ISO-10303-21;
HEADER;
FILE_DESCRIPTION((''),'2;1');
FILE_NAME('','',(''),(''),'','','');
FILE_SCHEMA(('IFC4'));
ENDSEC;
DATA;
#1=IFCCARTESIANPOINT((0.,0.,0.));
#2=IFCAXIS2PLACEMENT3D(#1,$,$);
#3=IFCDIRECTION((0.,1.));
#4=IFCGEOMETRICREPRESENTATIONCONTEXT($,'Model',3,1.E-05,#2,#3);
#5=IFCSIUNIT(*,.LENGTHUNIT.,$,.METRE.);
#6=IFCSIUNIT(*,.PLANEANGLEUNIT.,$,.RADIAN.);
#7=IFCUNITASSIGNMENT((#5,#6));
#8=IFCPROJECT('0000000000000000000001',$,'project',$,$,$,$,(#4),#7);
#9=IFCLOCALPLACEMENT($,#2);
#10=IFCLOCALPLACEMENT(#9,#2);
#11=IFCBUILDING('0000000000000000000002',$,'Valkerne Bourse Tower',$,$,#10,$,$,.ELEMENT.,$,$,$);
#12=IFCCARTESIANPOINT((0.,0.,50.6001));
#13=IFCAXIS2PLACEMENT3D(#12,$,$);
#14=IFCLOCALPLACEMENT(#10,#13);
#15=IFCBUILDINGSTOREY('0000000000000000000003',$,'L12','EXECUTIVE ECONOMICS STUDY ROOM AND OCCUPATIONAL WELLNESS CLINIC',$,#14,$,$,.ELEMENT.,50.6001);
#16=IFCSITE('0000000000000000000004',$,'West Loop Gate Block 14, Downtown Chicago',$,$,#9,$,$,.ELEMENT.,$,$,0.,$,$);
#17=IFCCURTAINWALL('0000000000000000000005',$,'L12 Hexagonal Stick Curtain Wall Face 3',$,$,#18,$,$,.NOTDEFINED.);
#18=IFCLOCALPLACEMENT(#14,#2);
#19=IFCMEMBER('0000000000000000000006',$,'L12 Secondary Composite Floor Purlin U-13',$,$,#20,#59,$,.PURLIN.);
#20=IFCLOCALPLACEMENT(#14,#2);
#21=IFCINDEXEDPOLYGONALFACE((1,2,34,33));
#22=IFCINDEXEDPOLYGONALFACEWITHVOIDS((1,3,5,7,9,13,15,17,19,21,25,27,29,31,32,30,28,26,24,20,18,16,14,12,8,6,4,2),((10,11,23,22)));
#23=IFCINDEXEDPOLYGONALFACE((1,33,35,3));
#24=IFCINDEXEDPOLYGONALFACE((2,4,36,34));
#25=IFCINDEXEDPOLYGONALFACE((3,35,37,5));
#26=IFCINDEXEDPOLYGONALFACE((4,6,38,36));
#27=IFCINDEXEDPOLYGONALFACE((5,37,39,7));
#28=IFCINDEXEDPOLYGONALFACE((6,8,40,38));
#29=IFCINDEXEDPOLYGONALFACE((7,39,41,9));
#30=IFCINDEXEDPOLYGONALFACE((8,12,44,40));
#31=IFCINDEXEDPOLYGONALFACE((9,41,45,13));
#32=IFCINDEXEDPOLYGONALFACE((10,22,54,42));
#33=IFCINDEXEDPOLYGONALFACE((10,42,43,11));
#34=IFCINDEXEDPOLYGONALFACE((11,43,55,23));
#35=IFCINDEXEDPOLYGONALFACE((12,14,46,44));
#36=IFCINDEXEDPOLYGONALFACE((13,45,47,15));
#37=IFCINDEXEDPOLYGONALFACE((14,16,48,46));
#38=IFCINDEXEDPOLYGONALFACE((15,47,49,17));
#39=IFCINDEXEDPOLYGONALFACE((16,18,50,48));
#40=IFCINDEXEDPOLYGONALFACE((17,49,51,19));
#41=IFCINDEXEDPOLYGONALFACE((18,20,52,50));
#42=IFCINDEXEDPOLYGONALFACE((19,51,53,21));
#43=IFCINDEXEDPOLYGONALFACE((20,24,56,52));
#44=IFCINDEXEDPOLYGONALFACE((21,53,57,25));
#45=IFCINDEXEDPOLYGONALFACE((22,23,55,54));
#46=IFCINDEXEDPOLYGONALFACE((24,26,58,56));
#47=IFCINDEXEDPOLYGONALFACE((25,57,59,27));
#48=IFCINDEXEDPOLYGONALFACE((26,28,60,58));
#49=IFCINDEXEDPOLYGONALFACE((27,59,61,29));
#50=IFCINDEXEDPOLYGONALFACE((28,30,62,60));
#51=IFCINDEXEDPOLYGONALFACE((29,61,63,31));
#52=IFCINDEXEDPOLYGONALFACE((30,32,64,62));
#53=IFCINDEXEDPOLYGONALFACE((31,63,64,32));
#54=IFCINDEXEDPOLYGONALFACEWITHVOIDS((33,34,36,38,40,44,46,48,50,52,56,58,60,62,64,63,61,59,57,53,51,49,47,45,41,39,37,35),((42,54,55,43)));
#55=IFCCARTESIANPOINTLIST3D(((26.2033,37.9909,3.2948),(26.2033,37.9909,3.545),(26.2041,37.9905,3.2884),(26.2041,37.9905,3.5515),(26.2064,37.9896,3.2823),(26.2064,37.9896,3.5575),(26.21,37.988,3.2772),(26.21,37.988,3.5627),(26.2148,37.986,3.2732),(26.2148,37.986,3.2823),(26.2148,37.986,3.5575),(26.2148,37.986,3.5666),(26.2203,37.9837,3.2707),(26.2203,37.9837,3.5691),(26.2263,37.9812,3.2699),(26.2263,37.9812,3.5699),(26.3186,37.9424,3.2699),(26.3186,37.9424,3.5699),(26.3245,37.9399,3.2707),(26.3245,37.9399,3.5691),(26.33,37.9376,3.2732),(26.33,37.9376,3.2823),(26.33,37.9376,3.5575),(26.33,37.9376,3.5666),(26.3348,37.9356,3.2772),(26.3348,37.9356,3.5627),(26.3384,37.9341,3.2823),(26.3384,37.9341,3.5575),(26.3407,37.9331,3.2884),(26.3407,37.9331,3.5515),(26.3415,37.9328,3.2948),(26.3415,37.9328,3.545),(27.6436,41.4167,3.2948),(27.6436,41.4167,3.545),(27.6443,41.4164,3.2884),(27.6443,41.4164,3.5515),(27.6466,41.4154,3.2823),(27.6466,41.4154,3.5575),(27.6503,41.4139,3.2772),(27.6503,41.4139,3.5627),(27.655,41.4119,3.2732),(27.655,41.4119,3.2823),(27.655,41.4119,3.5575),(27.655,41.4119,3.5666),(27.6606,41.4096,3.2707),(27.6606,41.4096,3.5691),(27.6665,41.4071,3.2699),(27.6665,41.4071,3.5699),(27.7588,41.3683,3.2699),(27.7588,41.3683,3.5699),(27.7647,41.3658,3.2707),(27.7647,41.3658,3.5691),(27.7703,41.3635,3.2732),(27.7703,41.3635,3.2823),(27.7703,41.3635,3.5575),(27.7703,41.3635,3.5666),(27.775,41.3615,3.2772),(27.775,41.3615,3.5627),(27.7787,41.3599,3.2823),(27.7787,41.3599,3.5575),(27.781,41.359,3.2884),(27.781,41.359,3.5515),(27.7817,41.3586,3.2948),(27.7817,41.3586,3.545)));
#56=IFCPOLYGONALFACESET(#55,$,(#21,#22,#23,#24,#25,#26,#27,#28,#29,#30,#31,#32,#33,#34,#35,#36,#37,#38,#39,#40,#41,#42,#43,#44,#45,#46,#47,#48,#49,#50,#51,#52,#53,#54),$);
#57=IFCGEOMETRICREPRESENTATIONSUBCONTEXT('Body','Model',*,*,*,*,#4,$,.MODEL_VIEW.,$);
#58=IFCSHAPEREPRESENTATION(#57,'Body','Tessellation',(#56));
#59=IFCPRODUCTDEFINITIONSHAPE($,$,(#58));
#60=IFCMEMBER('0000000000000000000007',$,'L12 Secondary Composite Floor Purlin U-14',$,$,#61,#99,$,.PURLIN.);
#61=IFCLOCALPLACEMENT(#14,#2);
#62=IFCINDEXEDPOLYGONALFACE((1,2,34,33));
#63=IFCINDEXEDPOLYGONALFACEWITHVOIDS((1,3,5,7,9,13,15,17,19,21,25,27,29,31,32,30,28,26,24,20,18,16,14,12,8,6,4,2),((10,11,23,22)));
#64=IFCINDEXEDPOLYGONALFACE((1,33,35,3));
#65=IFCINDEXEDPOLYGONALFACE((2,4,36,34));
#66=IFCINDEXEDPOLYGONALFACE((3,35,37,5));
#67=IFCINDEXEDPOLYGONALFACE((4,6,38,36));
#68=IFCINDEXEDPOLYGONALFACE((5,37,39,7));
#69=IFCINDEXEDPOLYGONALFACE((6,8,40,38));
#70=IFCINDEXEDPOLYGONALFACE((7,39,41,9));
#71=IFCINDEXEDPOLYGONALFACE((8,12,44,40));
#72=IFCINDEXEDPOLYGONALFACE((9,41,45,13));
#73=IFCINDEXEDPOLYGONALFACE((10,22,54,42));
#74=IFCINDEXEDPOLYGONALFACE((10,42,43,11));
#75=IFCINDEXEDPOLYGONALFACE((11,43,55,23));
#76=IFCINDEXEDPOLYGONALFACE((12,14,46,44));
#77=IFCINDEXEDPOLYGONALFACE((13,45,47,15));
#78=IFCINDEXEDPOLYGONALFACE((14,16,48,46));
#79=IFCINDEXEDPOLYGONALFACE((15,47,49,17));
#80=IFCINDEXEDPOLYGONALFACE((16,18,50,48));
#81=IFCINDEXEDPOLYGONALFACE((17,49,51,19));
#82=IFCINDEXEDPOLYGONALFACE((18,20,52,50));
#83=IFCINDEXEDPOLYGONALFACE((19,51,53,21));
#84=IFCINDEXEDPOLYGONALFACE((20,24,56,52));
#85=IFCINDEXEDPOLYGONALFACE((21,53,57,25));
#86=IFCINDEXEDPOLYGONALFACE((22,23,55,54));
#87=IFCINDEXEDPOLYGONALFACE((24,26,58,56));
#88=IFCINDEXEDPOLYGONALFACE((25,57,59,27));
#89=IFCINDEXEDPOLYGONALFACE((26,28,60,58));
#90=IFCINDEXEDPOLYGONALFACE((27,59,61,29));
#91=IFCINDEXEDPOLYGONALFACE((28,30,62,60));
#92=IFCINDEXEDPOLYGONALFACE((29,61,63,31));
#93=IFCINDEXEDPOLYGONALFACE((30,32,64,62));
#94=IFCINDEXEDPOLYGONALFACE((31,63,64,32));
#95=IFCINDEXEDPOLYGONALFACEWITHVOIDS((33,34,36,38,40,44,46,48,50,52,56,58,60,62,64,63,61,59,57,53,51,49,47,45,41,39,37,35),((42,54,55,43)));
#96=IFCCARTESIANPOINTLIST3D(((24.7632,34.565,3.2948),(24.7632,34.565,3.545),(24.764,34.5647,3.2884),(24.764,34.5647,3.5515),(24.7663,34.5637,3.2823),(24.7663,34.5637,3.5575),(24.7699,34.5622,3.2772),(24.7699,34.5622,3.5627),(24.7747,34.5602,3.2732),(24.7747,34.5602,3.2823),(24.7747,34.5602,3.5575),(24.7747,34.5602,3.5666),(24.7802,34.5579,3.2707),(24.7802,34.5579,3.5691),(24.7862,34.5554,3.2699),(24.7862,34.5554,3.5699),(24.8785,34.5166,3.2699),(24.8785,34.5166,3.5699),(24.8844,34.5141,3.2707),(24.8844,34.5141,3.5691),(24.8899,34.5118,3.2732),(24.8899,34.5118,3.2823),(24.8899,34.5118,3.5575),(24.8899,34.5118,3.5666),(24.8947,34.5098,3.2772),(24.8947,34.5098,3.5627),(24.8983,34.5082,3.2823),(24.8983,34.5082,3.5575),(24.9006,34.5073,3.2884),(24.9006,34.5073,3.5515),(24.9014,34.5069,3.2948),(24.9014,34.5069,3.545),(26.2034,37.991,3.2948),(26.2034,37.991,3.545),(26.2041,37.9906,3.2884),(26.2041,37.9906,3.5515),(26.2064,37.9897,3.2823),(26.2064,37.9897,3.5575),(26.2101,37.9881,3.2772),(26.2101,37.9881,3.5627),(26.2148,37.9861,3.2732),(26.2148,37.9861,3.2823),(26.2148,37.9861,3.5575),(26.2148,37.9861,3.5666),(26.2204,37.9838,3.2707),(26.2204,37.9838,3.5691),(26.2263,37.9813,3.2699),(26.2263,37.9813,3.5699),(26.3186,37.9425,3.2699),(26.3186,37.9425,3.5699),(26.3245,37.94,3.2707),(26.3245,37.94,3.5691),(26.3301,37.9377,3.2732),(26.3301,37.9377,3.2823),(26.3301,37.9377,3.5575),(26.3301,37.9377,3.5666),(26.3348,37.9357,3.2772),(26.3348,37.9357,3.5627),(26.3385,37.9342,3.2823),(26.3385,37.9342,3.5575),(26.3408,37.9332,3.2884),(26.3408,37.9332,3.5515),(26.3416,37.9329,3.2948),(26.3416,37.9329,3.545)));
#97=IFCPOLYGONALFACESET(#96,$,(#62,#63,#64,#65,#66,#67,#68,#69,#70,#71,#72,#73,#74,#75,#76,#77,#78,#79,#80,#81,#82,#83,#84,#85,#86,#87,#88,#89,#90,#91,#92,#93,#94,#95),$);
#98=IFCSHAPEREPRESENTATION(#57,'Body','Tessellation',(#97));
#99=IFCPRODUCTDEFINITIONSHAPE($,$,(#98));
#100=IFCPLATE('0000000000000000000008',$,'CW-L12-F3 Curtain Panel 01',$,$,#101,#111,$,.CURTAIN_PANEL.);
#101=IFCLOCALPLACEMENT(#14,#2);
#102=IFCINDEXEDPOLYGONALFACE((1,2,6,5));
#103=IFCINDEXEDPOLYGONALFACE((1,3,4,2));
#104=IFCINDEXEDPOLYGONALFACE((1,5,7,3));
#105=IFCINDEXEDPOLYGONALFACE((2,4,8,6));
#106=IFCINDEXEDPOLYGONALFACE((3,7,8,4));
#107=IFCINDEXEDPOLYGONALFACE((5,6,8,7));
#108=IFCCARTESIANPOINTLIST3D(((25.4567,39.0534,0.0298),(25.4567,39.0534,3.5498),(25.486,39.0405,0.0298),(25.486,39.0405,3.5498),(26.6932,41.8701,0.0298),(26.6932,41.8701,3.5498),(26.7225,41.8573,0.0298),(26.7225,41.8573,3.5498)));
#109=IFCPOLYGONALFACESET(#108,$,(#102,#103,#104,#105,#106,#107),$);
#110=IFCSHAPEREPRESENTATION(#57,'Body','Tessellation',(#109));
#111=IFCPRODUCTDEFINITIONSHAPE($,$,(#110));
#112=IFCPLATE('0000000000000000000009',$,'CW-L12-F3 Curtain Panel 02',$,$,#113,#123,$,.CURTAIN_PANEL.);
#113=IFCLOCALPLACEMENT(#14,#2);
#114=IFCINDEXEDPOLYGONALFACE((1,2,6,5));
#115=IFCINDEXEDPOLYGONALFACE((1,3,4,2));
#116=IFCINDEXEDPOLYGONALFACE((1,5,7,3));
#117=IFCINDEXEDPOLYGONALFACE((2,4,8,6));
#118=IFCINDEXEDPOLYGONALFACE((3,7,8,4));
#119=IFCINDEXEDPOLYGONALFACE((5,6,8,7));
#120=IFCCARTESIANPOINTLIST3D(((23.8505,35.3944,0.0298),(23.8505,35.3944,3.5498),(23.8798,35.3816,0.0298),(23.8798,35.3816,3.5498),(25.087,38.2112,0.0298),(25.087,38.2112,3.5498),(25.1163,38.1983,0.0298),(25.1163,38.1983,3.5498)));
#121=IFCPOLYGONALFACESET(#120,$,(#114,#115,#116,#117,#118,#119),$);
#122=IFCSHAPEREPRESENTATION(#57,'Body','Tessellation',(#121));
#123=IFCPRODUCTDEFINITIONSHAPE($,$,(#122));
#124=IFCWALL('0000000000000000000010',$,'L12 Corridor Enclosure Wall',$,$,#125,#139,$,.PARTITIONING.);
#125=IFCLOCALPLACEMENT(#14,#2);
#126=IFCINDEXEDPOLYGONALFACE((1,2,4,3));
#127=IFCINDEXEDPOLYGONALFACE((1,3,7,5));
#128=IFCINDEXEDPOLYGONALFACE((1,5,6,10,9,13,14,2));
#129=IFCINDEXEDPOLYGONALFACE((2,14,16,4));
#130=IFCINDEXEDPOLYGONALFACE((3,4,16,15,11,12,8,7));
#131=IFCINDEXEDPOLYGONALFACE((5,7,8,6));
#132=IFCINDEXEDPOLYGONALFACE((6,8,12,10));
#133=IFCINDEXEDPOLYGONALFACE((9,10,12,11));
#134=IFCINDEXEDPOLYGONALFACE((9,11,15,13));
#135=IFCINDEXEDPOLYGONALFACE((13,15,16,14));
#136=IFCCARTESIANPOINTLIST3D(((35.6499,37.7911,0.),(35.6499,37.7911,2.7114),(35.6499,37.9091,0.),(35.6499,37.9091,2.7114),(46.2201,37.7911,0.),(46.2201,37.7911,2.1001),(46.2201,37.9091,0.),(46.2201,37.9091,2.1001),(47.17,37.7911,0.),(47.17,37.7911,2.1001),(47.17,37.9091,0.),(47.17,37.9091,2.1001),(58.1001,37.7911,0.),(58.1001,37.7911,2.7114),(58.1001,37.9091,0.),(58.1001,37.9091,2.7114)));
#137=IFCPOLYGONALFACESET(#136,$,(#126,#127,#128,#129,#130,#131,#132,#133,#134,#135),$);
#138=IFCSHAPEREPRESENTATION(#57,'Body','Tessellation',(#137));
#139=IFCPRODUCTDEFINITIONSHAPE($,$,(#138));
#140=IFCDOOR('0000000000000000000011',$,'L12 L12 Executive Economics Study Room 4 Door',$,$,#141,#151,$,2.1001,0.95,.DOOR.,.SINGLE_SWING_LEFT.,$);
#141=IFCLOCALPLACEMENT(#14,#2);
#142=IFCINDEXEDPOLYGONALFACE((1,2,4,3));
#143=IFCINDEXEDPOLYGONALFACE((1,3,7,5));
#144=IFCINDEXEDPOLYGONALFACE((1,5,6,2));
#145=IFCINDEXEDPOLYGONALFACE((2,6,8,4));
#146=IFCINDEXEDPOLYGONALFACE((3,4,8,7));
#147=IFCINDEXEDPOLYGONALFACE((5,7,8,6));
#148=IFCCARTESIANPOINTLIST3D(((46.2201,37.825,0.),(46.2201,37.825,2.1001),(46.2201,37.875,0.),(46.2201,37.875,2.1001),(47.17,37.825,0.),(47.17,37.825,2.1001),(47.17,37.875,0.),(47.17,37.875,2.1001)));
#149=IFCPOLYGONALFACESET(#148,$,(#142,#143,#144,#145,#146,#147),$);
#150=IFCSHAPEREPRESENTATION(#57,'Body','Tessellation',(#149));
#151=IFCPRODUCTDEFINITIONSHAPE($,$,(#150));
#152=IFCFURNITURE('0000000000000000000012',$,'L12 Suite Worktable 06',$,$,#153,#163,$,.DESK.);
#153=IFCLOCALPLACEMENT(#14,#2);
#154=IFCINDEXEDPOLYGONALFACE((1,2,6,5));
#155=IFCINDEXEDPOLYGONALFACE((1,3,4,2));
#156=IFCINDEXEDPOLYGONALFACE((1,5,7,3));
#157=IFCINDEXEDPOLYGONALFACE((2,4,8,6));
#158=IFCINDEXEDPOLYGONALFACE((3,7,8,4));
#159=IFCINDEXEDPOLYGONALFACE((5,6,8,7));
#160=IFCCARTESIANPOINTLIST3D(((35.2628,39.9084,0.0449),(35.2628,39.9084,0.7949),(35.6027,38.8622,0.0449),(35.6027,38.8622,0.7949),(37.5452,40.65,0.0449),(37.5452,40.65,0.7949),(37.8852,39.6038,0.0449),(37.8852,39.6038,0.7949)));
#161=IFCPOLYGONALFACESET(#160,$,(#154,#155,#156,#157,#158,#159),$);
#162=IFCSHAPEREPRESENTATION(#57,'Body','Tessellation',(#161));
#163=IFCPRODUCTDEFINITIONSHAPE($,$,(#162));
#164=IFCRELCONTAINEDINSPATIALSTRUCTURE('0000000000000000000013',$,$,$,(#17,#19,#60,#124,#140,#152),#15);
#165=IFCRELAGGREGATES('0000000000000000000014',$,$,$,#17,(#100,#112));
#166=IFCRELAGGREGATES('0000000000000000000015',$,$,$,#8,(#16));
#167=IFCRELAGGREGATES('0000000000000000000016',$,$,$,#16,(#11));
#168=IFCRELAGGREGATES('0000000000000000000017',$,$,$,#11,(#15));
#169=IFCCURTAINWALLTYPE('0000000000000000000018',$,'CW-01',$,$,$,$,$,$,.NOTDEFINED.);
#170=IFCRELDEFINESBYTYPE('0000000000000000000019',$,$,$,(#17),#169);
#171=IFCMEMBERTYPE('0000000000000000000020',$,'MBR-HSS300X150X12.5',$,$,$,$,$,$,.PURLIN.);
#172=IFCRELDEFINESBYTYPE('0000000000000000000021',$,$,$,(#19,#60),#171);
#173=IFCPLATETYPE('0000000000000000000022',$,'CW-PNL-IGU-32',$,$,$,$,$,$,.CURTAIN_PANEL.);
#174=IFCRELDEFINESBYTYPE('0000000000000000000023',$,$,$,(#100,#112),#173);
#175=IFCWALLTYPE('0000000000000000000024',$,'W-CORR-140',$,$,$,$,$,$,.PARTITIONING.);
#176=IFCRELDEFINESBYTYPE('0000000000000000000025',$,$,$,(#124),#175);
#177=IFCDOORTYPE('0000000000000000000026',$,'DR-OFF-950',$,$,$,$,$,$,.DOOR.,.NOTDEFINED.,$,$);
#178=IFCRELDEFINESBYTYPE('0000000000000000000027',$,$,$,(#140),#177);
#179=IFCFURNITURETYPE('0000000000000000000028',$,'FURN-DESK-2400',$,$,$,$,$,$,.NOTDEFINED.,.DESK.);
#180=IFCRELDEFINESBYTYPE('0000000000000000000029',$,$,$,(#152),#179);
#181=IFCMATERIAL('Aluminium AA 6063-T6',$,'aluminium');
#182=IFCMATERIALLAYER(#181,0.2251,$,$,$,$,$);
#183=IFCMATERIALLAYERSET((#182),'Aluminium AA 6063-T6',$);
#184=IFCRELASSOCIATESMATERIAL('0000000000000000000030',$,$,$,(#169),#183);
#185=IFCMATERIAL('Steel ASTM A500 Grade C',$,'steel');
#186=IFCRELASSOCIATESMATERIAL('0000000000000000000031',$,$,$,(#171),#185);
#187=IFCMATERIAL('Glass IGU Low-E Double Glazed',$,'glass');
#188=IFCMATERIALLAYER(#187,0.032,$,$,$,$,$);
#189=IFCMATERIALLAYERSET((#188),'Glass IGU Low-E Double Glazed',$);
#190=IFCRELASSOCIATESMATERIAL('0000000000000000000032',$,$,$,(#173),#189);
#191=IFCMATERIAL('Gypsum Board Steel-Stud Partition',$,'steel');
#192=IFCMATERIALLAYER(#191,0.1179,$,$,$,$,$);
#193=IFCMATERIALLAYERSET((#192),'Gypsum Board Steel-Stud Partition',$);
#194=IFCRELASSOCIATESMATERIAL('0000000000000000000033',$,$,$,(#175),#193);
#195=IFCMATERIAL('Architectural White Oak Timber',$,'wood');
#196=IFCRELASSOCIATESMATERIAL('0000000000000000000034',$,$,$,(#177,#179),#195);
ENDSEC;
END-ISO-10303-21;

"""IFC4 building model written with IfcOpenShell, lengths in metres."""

from ifc_helpers import new_model, si_unit, direction, frame, frame_2d, origin, origin_2d, place, context, subcontext, project, spatial, rectangle, hollow_rectangle, extrude, material, layer, layer_set, material_profile, profile_set, type_object, element, fill, aggregate, save


model = new_model("IFC4")

# Units and contexts
model_context = context("Model", 3, precision=1e-05, world=origin(), true_north=direction((0.0, 1.0)))
body_context = subcontext(model_context, "Body", "Model", "MODEL_VIEW")
ifc_project = project(units=[si_unit("LENGTHUNIT", "METRE"), si_unit("PLANEANGLEUNIT", "RADIAN")], contexts=[model_context])

# Site, building, storey
site_placement = place(None, origin())
site = spatial("IfcSite", under=ifc_project, at=site_placement, Name="West Loop Gate Block 14, Downtown Chicago", CompositionType="ELEMENT", RefElevation=0.0)
building_placement = place(site_placement, origin())
building = spatial("IfcBuilding", under=site, at=building_placement, Name="Valkerne Bourse Tower", CompositionType="ELEMENT")
storey_placement = place(building_placement, frame((0.0, 0.0, 50.6001)))
storey = spatial("IfcBuildingStorey", under=building, at=storey_placement, Name="L12", Description="EXECUTIVE ECONOMICS STUDY ROOM AND OCCUPATIONAL WELLNESS CLINIC", CompositionType="ELEMENT", Elevation=50.6001)

# Curtain wall
ifc_material_1 = material(Name="Aluminium AA 6063-T6", Category="aluminium")
ifc_layer_1 = layer(ifc_material_1, 0.2251)
ifc_layer_set_1 = layer_set([ifc_layer_1], Name="Aluminium AA 6063-T6")
curtain_wall_type = type_object("IfcCurtainWallType", Name="CW-01", PredefinedType="NOTDEFINED", material=ifc_layer_set_1)
curtain_wall_placement = place(storey_placement, origin())
curtain_wall = element("IfcCurtainWall", 1, at=curtain_wall_placement, inside=storey, type_object=curtain_wall_type, Name="L12 Hexagonal Stick Curtain Wall Face 3", PredefinedType="NOTDEFINED")

# Members
ifc_material_2 = material(Name="Steel ASTM A500 Grade C", Category="steel")
ifc_material_profile_1 = material_profile(ifc_material_2, hollow_rectangle(XDim=0.1499, YDim=0.3, WallThickness=0.0125, OuterFilletRadius=0.0249, at=origin_2d()), Name="HSS300X150X12.5")
ifc_profile_set_1 = profile_set([ifc_material_profile_1], Name="Steel ASTM A500 Grade C")
member_type_1 = type_object("IfcMemberType", Name="MBR-HSS300X150X12.5", PredefinedType="PURLIN", material=ifc_profile_set_1)
for number, where, z_axis, x_axis, name in (
    (2, (27.7126, 41.3877, 3.4199), (-0.387543, -0.921852, 0.0), (0.921852, -0.387543, 0.0), "L12 Secondary Composite Floor Purlin U-13"),
    (3, (26.2725, 37.9619, 3.4199), (-0.387519, -0.921862, 0.0), (0.921862, -0.387519, 0.0), "L12 Secondary Composite Floor Purlin U-14"),
):
    element("IfcMember", number, at=place(storey_placement, frame(where, z_axis=z_axis, x_axis=x_axis)), inside=storey, type_object=member_type_1, Name=name, PredefinedType="PURLIN", context=body_context, shape_type="SweptSolid", body=[
        extrude(hollow_rectangle(XDim=0.1499, YDim=0.3, WallThickness=0.0125, OuterFilletRadius=0.0249, at=origin_2d()), origin(), (0.0, 0.0, 1.0), 3.7163),
    ])

# Plates
ifc_material_3 = material(Name="Glass IGU Low-E Double Glazed", Category="glass")
ifc_layer_2 = layer(ifc_material_3, 0.032)
ifc_layer_set_2 = layer_set([ifc_layer_2], Name="Glass IGU Low-E Double Glazed")
plate_type = type_object("IfcPlateType", Name="CW-PNL-IGU-32", PredefinedType="CURTAIN_PANEL", material=ifc_layer_set_2)
plate_1_placement = place(storey_placement, frame((26.0896, 40.4553, 0.0298), z_axis=(0.0, 0.0, 1.0), x_axis=(-0.40195, -0.915662, 0.0)))
plate_1 = element("IfcPlate", 4, at=plate_1_placement, type_object=plate_type, Name="CW-L12-F3 Curtain Panel 01", PredefinedType="CURTAIN_PANEL", context=body_context, shape_type="SweptSolid", body=[
    extrude(rectangle(XDim=3.0762, YDim=0.032, at=origin_2d()), origin(), (0.0, 0.0, 1.0), 3.52),
])
plate_2_placement = place(storey_placement, frame((24.4834, 36.7964, 0.0298), z_axis=(0.0, 0.0, 1.0), x_axis=(-0.40195, -0.915662, 0.0)))
plate_2 = element("IfcPlate", 5, at=plate_2_placement, type_object=plate_type, Name="CW-L12-F3 Curtain Panel 02", PredefinedType="CURTAIN_PANEL", context=body_context, shape_type="SweptSolid", body=[
    extrude(rectangle(XDim=3.0762, YDim=0.032, at=origin_2d()), origin(), (0.0, 0.0, 1.0), 3.52),
])
aggregate(curtain_wall, [plate_1, plate_2])

# Wall, opening, door
ifc_material_4 = material(Name="Gypsum Board Steel-Stud Partition", Category="steel")
ifc_layer_3 = layer(ifc_material_4, 0.1179)
ifc_layer_set_3 = layer_set([ifc_layer_3], Name="Gypsum Board Steel-Stud Partition")
wall_type_1 = type_object("IfcWallType", Name="W-CORR-140", PredefinedType="PARTITIONING", material=ifc_layer_set_3)
wall_1_placement = place(storey_placement, frame((35.6499, 37.8501, 0.0), z_axis=(0.0, 0.0, 1.0), x_axis=(1.0, 0.0, 0.0)))
wall_1 = element("IfcWall", 6, at=wall_1_placement, inside=storey, type_object=wall_type_1, Name="L12 Corridor Enclosure Wall", PredefinedType="PARTITIONING", context=body_context, shape_type="SweptSolid", body=[
    extrude(rectangle(XDim=22.4502, YDim=0.1179, at=frame_2d((11.2251, 0.0))), origin(), (0.0, 0.0, 1.0), 2.7114),
])
opening_1_placement = place(wall_1_placement, frame((10.5701, 0.0, 0.0)))
opening_1 = element("IfcOpeningElement", 7, at=opening_1_placement, cuts=wall_1, PredefinedType="OPENING", context=body_context, shape_type="SweptSolid", body=[
    extrude(rectangle(XDim=0.95, YDim=2.1001, at=frame_2d((0.4751, 1.05))), frame((0.0, 0.0688, 0.0), z_axis=(0.0, -1.0, 0.0), x_axis=(1.0, 0.0, 0.0)), (0.0, 0.0, 1.0), 0.1379),
])
ifc_material_5 = material(Name="Architectural White Oak Timber", Category="wood")
door_type_1 = type_object("IfcDoorType", Name="DR-OFF-950", OperationType="NOTDEFINED", PredefinedType="DOOR", material=ifc_material_5)
door_1_placement = place(opening_1_placement, origin())
door_1 = element("IfcDoor", 8, at=door_1_placement, inside=storey, type_object=door_type_1, Name="L12 L12 Executive Economics Study Room 4 Door", OperationType="SINGLE_SWING_LEFT", OverallHeight=2.1001, OverallWidth=0.95, PredefinedType="DOOR", context=body_context, shape_type="SweptSolid", body=[
    extrude(rectangle(XDim=0.95, YDim=2.1001, at=frame_2d((0.4751, 1.05))), frame((0.0, 0.0249, 0.0), z_axis=(0.0, -1.0, 0.0), x_axis=(1.0, 0.0, 0.0)), (0.0, 0.0, 1.0), 0.05),
])
fill(opening_1, door_1)

# Furniture
furniture_type = type_object("IfcFurnitureType", Name="FURN-DESK-2400", AssemblyPlace="NOTDEFINED", PredefinedType="DESK", material=ifc_material_5)
furniture_placement = place(storey_placement, frame((36.574, 39.7561, 0.0449), z_axis=(0.0, 0.0, 1.0), x_axis=(0.951057, 0.309017, 0.0)))
element("IfcFurniture", 9, at=furniture_placement, inside=storey, type_object=furniture_type, Name="L12 Suite Worktable 06", PredefinedType="DESK", context=body_context, shape_type="SweptSolid", body=[
    extrude(rectangle(XDim=2.3999, YDim=1.1001, at=origin_2d()), origin(), (0.0, 0.0, 1.0), 0.75),
])

save(model, "model.ifc")
